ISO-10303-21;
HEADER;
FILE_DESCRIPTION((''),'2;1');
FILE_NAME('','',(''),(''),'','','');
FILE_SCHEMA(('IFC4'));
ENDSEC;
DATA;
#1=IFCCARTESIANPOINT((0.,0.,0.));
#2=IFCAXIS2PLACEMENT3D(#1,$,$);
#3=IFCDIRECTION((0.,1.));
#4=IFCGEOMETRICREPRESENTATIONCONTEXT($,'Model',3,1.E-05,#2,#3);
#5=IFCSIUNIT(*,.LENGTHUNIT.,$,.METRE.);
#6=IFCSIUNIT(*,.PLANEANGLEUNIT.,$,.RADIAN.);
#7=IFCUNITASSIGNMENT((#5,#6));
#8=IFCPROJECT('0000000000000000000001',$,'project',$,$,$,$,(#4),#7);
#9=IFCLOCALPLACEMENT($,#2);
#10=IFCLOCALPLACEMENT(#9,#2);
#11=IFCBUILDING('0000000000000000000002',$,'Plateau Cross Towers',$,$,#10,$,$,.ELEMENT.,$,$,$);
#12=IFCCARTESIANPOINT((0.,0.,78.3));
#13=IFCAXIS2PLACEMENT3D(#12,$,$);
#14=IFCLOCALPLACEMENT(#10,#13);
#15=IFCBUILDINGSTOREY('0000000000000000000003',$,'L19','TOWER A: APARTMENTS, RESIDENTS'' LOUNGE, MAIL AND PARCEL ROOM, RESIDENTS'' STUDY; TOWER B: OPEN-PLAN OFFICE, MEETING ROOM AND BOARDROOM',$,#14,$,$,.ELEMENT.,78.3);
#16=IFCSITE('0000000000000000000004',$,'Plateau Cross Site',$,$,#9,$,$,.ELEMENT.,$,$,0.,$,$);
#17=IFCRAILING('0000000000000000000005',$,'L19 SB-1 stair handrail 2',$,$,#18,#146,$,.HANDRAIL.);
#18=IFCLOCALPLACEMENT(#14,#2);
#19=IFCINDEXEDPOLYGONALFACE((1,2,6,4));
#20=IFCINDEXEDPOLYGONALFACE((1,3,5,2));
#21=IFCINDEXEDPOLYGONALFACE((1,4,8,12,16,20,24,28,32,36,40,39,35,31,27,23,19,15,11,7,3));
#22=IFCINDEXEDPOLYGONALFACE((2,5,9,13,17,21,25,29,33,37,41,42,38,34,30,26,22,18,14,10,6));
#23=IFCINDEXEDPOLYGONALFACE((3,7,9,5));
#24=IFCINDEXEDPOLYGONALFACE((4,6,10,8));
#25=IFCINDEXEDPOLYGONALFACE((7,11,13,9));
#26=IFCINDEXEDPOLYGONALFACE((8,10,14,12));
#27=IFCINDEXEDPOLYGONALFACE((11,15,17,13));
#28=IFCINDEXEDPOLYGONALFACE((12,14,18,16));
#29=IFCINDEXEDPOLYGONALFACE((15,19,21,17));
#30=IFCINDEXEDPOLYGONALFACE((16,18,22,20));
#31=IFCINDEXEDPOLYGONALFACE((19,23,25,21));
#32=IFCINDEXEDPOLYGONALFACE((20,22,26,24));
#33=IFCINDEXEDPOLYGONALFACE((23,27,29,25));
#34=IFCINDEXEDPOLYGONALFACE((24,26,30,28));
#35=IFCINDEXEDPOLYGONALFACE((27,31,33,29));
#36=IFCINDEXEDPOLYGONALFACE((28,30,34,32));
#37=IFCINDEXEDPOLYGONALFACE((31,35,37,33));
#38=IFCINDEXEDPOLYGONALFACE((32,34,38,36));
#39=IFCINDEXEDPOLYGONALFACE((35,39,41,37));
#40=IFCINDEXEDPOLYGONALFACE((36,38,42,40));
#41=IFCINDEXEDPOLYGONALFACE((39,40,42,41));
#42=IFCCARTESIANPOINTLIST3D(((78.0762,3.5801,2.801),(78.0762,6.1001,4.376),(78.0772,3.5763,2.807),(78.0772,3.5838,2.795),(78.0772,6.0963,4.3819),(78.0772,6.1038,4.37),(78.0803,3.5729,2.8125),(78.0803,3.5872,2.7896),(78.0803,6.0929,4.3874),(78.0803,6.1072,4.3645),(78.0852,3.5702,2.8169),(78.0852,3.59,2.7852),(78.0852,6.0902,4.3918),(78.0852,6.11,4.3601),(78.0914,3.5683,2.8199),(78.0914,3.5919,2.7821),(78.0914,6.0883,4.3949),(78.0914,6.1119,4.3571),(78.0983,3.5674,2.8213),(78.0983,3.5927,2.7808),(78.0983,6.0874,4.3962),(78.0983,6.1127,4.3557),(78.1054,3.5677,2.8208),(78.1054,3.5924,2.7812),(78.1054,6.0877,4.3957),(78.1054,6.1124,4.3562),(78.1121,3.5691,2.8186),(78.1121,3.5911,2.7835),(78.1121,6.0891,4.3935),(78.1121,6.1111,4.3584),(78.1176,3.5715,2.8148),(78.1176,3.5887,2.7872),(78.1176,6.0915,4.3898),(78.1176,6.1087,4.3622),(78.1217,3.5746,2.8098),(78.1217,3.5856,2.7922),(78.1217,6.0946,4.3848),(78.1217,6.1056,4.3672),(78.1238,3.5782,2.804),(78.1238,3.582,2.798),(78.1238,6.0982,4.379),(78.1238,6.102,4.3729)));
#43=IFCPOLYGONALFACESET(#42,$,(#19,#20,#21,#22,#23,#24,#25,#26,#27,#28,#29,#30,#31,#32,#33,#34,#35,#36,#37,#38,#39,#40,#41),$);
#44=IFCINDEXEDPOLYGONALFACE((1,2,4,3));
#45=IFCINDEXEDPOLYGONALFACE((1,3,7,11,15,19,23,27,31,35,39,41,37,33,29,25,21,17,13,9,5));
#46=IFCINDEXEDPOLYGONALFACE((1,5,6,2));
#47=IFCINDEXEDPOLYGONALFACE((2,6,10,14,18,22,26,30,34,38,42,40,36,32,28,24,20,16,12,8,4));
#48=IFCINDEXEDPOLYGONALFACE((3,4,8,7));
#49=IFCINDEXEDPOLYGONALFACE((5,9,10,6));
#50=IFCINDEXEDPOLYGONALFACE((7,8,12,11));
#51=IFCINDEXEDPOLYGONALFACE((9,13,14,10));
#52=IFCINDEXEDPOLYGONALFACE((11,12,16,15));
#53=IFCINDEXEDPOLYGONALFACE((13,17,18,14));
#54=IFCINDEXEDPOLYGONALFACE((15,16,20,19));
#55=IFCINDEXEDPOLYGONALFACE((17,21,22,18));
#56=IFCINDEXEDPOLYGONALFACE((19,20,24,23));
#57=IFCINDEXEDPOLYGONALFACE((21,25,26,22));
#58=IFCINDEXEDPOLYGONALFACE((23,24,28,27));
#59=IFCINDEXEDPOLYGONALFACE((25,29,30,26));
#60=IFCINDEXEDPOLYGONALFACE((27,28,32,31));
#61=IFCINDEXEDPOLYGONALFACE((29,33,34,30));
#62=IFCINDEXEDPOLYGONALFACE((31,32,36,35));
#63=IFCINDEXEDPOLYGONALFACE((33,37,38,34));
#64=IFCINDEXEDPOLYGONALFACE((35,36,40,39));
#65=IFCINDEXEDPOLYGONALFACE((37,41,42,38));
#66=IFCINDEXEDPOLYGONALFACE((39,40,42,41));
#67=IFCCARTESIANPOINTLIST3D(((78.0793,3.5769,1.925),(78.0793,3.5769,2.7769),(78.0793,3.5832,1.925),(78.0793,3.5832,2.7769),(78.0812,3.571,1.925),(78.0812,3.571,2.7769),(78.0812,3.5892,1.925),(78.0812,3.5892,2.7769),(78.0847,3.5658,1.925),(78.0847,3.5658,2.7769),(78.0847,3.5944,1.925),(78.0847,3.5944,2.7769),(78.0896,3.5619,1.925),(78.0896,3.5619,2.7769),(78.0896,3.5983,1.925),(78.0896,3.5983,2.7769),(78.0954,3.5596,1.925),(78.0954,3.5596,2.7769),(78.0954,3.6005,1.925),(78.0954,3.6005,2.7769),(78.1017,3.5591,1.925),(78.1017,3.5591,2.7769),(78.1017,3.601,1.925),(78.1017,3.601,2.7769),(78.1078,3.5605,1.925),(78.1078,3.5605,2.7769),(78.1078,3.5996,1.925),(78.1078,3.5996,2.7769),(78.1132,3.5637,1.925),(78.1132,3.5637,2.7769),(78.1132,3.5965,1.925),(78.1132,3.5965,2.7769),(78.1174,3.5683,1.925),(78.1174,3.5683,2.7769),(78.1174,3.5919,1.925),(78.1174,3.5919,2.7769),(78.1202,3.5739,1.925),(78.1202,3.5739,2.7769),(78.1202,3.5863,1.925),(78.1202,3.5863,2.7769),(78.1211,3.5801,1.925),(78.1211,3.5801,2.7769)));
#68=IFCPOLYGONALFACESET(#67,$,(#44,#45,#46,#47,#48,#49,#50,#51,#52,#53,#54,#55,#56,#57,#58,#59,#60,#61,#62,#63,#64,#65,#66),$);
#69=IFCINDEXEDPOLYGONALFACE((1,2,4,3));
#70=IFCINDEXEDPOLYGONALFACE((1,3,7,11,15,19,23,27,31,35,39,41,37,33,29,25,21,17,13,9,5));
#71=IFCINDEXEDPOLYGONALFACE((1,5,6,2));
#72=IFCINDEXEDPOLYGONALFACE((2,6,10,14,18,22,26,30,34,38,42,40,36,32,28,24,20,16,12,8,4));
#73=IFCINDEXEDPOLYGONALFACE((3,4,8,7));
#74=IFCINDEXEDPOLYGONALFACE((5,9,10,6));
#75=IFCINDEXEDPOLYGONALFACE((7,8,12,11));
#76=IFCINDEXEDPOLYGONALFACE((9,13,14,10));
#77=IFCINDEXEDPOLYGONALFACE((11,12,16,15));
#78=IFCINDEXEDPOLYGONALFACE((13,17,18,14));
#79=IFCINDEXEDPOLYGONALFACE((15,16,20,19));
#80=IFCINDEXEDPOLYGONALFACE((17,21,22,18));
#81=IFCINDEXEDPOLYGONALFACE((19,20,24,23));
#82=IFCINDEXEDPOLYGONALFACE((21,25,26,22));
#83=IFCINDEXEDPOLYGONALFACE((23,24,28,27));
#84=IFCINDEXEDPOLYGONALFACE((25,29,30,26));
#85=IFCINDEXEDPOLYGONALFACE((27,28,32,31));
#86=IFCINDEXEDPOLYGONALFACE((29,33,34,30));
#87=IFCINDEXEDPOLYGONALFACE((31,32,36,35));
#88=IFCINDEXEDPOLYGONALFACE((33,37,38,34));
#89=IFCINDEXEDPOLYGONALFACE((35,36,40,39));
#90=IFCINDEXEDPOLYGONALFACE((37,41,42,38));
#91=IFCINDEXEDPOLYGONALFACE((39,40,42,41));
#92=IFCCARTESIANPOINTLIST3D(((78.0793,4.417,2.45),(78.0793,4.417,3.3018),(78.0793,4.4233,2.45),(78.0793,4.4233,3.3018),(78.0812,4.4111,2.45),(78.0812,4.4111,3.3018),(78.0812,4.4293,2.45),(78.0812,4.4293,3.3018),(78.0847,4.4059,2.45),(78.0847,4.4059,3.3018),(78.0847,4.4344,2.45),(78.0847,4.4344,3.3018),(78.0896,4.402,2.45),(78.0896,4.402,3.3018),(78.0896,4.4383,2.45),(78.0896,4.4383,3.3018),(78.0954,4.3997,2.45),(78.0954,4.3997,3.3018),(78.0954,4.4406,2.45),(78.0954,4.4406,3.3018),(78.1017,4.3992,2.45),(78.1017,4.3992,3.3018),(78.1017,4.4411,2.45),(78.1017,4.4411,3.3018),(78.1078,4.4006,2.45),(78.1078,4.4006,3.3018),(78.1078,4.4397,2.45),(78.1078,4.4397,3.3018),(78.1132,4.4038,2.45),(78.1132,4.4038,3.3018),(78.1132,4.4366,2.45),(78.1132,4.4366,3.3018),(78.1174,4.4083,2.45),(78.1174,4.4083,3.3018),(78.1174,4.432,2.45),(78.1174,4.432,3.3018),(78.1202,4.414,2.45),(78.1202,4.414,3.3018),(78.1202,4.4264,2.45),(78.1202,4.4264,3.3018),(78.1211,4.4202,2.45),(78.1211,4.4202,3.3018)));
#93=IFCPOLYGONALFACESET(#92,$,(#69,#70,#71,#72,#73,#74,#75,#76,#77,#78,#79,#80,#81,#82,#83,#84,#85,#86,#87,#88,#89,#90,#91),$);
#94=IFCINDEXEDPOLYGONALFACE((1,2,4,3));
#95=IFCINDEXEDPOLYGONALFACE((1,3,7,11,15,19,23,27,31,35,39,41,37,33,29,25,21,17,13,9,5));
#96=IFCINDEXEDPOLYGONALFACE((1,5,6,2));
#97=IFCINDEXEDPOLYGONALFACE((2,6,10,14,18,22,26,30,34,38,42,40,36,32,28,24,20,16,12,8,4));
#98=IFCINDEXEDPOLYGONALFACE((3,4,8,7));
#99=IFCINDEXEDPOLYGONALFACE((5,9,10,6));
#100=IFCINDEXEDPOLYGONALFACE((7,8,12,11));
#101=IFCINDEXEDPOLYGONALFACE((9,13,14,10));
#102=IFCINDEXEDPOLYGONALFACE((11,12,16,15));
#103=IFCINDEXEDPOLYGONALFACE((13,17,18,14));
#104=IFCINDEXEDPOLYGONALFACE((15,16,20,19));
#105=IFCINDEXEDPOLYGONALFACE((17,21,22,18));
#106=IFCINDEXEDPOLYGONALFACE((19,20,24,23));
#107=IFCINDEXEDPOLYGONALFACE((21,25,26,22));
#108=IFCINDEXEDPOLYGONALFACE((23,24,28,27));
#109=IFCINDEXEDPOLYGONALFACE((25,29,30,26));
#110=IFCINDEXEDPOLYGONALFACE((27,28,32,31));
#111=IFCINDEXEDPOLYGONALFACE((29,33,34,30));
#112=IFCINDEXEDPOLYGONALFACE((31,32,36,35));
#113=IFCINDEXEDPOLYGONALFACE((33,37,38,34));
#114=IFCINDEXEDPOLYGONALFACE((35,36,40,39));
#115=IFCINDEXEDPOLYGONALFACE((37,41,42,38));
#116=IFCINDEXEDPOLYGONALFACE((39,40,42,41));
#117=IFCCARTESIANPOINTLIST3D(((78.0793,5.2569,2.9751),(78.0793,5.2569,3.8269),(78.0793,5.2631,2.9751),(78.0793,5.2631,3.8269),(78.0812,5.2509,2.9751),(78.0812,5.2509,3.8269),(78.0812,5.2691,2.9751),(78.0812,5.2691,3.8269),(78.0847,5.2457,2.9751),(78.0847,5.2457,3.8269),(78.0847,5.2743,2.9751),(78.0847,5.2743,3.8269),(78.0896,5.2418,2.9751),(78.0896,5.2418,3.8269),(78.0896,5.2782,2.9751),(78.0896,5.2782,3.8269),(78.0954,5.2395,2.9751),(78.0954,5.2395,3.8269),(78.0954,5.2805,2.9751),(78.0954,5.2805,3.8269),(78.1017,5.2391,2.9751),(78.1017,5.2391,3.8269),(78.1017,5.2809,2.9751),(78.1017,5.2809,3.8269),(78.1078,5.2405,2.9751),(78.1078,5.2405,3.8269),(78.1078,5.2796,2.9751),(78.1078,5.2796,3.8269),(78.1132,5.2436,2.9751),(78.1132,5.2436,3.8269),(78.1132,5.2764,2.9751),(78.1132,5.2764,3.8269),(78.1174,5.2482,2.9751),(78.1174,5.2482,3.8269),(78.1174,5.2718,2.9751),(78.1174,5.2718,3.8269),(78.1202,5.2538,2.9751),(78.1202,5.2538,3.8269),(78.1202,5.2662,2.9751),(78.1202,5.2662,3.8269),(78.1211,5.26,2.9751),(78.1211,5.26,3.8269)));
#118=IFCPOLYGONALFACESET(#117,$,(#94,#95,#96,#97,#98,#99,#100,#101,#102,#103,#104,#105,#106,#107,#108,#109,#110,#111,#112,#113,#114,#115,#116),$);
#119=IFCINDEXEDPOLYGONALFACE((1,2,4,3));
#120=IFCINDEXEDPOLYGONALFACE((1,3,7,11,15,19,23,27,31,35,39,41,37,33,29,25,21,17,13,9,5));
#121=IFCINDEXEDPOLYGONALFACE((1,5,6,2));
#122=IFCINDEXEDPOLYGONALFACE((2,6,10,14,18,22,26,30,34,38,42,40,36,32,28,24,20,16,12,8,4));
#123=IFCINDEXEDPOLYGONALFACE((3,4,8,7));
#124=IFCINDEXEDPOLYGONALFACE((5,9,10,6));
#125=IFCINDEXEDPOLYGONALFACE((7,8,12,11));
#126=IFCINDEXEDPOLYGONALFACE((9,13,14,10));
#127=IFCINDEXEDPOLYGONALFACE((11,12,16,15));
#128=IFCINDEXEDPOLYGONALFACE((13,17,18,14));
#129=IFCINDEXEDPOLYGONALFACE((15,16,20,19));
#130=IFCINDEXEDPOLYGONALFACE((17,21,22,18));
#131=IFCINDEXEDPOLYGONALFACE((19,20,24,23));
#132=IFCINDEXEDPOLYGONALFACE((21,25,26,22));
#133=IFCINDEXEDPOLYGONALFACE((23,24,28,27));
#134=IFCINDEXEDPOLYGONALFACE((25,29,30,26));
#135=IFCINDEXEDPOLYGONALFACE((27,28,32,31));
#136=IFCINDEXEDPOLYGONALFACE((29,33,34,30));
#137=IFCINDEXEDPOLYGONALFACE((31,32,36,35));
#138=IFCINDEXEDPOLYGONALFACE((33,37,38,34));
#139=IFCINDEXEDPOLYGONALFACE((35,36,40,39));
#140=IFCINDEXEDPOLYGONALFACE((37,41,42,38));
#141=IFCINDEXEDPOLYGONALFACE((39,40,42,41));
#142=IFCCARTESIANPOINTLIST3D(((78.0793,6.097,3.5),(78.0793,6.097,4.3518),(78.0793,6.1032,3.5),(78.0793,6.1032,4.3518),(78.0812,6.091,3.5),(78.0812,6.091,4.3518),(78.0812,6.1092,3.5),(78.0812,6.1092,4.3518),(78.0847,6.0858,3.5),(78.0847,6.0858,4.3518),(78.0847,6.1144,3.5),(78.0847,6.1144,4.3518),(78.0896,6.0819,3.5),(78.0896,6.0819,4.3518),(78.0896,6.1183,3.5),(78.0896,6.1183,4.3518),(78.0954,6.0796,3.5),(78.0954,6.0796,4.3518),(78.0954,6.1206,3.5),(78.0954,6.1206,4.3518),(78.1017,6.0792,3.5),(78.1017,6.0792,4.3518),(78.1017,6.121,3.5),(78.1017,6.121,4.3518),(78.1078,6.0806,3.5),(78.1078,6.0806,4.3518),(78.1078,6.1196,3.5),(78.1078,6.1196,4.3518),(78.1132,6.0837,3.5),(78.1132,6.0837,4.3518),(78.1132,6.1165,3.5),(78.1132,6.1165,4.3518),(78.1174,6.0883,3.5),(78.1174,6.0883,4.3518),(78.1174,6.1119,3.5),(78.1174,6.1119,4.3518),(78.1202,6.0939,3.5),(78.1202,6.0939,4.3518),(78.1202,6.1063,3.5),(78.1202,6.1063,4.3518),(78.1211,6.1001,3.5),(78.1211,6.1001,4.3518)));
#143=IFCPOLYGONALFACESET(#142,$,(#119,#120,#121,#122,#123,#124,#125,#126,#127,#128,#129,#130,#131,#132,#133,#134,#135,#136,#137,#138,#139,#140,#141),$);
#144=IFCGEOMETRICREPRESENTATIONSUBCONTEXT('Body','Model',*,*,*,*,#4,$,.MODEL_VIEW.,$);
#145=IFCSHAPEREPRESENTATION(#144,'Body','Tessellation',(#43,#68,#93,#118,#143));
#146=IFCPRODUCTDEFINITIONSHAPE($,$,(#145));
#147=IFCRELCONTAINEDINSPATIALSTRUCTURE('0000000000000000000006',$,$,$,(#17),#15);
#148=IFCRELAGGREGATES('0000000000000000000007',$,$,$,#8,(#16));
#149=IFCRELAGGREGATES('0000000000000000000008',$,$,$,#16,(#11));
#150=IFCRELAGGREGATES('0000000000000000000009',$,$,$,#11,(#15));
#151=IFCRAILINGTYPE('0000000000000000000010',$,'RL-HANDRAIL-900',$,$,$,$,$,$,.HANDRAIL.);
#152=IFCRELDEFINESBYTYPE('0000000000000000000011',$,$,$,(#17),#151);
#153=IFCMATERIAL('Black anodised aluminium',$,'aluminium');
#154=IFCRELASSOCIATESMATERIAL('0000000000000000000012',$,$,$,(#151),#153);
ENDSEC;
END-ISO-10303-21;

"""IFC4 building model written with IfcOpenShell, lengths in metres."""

from ifc_helpers import new_model, si_unit, direction, frame, origin, origin_2d, place, context, subcontext, project, spatial, circle, extrude, material, type_object, element, save


model = new_model("IFC4")

# Units and contexts
model_context = context("Model", 3, precision=1e-05, world=origin(), true_north=direction((0.0, 1.0)))
body_context = subcontext(model_context, "Body", "Model", "MODEL_VIEW")
ifc_project = project(units=[si_unit("LENGTHUNIT", "METRE"), si_unit("PLANEANGLEUNIT", "RADIAN")], contexts=[model_context])

# Site, building, storey
site_placement = place(None, origin())
site = spatial("IfcSite", under=ifc_project, at=site_placement, Name="Plateau Cross Site", CompositionType="ELEMENT", RefElevation=0.0)
building_placement = place(site_placement, origin())
building = spatial("IfcBuilding", under=site, at=building_placement, Name="Plateau Cross Towers", CompositionType="ELEMENT")
storey_placement = place(building_placement, frame((0.0, 0.0, 78.3)))
storey = spatial("IfcBuildingStorey", under=building, at=storey_placement, Name="L19", Description="TOWER A: APARTMENTS, RESIDENTS' LOUNGE, MAIL AND PARCEL ROOM, RESIDENTS' STUDY; TOWER B: OPEN-PLAN OFFICE, MEETING ROOM AND BOARDROOM", CompositionType="ELEMENT", Elevation=78.3)

# Shared definitions
ifc_material_1 = material(Name="Black anodised aluminium", Category="aluminium")

# Railing
railing_type_1 = type_object("IfcRailingType", Name="RL-HANDRAIL-900", PredefinedType="HANDRAIL", material=ifc_material_1)
railing_1_placement = place(storey_placement, frame((78.1001, 3.5801, 1.925)))
element("IfcRailing", 1, at=railing_1_placement, inside=storey, type_object=railing_type_1, Name="L19 SB-1 stair handrail 2", PredefinedType="HANDRAIL", context=body_context, shape_type="SweptSolid", body=[
    extrude(circle(Radius=0.0239, at=origin_2d()), frame((0.0, 0.0, 0.876), z_axis=(0.0, 0.848008, 0.529984), x_axis=(-1.0, 0.0, 0.0)), (0.0, 0.0, 1.0), 2.9717),
    extrude(circle(Radius=0.021, at=origin_2d()), origin(), (0.0, 0.0, 1.0), 0.8518),
    extrude(circle(Radius=0.021, at=origin_2d()), frame((0.0, 0.8401, 0.5249)), (0.0, 0.0, 1.0), 0.8518),
    extrude(circle(Radius=0.021, at=origin_2d()), frame((0.0, 1.6799, 1.05)), (0.0, 0.0, 1.0), 0.8518),
    extrude(circle(Radius=0.021, at=origin_2d()), frame((0.0, 2.52, 1.575)), (0.0, 0.0, 1.0), 0.8518),
])

save(model, "model.ifc")
